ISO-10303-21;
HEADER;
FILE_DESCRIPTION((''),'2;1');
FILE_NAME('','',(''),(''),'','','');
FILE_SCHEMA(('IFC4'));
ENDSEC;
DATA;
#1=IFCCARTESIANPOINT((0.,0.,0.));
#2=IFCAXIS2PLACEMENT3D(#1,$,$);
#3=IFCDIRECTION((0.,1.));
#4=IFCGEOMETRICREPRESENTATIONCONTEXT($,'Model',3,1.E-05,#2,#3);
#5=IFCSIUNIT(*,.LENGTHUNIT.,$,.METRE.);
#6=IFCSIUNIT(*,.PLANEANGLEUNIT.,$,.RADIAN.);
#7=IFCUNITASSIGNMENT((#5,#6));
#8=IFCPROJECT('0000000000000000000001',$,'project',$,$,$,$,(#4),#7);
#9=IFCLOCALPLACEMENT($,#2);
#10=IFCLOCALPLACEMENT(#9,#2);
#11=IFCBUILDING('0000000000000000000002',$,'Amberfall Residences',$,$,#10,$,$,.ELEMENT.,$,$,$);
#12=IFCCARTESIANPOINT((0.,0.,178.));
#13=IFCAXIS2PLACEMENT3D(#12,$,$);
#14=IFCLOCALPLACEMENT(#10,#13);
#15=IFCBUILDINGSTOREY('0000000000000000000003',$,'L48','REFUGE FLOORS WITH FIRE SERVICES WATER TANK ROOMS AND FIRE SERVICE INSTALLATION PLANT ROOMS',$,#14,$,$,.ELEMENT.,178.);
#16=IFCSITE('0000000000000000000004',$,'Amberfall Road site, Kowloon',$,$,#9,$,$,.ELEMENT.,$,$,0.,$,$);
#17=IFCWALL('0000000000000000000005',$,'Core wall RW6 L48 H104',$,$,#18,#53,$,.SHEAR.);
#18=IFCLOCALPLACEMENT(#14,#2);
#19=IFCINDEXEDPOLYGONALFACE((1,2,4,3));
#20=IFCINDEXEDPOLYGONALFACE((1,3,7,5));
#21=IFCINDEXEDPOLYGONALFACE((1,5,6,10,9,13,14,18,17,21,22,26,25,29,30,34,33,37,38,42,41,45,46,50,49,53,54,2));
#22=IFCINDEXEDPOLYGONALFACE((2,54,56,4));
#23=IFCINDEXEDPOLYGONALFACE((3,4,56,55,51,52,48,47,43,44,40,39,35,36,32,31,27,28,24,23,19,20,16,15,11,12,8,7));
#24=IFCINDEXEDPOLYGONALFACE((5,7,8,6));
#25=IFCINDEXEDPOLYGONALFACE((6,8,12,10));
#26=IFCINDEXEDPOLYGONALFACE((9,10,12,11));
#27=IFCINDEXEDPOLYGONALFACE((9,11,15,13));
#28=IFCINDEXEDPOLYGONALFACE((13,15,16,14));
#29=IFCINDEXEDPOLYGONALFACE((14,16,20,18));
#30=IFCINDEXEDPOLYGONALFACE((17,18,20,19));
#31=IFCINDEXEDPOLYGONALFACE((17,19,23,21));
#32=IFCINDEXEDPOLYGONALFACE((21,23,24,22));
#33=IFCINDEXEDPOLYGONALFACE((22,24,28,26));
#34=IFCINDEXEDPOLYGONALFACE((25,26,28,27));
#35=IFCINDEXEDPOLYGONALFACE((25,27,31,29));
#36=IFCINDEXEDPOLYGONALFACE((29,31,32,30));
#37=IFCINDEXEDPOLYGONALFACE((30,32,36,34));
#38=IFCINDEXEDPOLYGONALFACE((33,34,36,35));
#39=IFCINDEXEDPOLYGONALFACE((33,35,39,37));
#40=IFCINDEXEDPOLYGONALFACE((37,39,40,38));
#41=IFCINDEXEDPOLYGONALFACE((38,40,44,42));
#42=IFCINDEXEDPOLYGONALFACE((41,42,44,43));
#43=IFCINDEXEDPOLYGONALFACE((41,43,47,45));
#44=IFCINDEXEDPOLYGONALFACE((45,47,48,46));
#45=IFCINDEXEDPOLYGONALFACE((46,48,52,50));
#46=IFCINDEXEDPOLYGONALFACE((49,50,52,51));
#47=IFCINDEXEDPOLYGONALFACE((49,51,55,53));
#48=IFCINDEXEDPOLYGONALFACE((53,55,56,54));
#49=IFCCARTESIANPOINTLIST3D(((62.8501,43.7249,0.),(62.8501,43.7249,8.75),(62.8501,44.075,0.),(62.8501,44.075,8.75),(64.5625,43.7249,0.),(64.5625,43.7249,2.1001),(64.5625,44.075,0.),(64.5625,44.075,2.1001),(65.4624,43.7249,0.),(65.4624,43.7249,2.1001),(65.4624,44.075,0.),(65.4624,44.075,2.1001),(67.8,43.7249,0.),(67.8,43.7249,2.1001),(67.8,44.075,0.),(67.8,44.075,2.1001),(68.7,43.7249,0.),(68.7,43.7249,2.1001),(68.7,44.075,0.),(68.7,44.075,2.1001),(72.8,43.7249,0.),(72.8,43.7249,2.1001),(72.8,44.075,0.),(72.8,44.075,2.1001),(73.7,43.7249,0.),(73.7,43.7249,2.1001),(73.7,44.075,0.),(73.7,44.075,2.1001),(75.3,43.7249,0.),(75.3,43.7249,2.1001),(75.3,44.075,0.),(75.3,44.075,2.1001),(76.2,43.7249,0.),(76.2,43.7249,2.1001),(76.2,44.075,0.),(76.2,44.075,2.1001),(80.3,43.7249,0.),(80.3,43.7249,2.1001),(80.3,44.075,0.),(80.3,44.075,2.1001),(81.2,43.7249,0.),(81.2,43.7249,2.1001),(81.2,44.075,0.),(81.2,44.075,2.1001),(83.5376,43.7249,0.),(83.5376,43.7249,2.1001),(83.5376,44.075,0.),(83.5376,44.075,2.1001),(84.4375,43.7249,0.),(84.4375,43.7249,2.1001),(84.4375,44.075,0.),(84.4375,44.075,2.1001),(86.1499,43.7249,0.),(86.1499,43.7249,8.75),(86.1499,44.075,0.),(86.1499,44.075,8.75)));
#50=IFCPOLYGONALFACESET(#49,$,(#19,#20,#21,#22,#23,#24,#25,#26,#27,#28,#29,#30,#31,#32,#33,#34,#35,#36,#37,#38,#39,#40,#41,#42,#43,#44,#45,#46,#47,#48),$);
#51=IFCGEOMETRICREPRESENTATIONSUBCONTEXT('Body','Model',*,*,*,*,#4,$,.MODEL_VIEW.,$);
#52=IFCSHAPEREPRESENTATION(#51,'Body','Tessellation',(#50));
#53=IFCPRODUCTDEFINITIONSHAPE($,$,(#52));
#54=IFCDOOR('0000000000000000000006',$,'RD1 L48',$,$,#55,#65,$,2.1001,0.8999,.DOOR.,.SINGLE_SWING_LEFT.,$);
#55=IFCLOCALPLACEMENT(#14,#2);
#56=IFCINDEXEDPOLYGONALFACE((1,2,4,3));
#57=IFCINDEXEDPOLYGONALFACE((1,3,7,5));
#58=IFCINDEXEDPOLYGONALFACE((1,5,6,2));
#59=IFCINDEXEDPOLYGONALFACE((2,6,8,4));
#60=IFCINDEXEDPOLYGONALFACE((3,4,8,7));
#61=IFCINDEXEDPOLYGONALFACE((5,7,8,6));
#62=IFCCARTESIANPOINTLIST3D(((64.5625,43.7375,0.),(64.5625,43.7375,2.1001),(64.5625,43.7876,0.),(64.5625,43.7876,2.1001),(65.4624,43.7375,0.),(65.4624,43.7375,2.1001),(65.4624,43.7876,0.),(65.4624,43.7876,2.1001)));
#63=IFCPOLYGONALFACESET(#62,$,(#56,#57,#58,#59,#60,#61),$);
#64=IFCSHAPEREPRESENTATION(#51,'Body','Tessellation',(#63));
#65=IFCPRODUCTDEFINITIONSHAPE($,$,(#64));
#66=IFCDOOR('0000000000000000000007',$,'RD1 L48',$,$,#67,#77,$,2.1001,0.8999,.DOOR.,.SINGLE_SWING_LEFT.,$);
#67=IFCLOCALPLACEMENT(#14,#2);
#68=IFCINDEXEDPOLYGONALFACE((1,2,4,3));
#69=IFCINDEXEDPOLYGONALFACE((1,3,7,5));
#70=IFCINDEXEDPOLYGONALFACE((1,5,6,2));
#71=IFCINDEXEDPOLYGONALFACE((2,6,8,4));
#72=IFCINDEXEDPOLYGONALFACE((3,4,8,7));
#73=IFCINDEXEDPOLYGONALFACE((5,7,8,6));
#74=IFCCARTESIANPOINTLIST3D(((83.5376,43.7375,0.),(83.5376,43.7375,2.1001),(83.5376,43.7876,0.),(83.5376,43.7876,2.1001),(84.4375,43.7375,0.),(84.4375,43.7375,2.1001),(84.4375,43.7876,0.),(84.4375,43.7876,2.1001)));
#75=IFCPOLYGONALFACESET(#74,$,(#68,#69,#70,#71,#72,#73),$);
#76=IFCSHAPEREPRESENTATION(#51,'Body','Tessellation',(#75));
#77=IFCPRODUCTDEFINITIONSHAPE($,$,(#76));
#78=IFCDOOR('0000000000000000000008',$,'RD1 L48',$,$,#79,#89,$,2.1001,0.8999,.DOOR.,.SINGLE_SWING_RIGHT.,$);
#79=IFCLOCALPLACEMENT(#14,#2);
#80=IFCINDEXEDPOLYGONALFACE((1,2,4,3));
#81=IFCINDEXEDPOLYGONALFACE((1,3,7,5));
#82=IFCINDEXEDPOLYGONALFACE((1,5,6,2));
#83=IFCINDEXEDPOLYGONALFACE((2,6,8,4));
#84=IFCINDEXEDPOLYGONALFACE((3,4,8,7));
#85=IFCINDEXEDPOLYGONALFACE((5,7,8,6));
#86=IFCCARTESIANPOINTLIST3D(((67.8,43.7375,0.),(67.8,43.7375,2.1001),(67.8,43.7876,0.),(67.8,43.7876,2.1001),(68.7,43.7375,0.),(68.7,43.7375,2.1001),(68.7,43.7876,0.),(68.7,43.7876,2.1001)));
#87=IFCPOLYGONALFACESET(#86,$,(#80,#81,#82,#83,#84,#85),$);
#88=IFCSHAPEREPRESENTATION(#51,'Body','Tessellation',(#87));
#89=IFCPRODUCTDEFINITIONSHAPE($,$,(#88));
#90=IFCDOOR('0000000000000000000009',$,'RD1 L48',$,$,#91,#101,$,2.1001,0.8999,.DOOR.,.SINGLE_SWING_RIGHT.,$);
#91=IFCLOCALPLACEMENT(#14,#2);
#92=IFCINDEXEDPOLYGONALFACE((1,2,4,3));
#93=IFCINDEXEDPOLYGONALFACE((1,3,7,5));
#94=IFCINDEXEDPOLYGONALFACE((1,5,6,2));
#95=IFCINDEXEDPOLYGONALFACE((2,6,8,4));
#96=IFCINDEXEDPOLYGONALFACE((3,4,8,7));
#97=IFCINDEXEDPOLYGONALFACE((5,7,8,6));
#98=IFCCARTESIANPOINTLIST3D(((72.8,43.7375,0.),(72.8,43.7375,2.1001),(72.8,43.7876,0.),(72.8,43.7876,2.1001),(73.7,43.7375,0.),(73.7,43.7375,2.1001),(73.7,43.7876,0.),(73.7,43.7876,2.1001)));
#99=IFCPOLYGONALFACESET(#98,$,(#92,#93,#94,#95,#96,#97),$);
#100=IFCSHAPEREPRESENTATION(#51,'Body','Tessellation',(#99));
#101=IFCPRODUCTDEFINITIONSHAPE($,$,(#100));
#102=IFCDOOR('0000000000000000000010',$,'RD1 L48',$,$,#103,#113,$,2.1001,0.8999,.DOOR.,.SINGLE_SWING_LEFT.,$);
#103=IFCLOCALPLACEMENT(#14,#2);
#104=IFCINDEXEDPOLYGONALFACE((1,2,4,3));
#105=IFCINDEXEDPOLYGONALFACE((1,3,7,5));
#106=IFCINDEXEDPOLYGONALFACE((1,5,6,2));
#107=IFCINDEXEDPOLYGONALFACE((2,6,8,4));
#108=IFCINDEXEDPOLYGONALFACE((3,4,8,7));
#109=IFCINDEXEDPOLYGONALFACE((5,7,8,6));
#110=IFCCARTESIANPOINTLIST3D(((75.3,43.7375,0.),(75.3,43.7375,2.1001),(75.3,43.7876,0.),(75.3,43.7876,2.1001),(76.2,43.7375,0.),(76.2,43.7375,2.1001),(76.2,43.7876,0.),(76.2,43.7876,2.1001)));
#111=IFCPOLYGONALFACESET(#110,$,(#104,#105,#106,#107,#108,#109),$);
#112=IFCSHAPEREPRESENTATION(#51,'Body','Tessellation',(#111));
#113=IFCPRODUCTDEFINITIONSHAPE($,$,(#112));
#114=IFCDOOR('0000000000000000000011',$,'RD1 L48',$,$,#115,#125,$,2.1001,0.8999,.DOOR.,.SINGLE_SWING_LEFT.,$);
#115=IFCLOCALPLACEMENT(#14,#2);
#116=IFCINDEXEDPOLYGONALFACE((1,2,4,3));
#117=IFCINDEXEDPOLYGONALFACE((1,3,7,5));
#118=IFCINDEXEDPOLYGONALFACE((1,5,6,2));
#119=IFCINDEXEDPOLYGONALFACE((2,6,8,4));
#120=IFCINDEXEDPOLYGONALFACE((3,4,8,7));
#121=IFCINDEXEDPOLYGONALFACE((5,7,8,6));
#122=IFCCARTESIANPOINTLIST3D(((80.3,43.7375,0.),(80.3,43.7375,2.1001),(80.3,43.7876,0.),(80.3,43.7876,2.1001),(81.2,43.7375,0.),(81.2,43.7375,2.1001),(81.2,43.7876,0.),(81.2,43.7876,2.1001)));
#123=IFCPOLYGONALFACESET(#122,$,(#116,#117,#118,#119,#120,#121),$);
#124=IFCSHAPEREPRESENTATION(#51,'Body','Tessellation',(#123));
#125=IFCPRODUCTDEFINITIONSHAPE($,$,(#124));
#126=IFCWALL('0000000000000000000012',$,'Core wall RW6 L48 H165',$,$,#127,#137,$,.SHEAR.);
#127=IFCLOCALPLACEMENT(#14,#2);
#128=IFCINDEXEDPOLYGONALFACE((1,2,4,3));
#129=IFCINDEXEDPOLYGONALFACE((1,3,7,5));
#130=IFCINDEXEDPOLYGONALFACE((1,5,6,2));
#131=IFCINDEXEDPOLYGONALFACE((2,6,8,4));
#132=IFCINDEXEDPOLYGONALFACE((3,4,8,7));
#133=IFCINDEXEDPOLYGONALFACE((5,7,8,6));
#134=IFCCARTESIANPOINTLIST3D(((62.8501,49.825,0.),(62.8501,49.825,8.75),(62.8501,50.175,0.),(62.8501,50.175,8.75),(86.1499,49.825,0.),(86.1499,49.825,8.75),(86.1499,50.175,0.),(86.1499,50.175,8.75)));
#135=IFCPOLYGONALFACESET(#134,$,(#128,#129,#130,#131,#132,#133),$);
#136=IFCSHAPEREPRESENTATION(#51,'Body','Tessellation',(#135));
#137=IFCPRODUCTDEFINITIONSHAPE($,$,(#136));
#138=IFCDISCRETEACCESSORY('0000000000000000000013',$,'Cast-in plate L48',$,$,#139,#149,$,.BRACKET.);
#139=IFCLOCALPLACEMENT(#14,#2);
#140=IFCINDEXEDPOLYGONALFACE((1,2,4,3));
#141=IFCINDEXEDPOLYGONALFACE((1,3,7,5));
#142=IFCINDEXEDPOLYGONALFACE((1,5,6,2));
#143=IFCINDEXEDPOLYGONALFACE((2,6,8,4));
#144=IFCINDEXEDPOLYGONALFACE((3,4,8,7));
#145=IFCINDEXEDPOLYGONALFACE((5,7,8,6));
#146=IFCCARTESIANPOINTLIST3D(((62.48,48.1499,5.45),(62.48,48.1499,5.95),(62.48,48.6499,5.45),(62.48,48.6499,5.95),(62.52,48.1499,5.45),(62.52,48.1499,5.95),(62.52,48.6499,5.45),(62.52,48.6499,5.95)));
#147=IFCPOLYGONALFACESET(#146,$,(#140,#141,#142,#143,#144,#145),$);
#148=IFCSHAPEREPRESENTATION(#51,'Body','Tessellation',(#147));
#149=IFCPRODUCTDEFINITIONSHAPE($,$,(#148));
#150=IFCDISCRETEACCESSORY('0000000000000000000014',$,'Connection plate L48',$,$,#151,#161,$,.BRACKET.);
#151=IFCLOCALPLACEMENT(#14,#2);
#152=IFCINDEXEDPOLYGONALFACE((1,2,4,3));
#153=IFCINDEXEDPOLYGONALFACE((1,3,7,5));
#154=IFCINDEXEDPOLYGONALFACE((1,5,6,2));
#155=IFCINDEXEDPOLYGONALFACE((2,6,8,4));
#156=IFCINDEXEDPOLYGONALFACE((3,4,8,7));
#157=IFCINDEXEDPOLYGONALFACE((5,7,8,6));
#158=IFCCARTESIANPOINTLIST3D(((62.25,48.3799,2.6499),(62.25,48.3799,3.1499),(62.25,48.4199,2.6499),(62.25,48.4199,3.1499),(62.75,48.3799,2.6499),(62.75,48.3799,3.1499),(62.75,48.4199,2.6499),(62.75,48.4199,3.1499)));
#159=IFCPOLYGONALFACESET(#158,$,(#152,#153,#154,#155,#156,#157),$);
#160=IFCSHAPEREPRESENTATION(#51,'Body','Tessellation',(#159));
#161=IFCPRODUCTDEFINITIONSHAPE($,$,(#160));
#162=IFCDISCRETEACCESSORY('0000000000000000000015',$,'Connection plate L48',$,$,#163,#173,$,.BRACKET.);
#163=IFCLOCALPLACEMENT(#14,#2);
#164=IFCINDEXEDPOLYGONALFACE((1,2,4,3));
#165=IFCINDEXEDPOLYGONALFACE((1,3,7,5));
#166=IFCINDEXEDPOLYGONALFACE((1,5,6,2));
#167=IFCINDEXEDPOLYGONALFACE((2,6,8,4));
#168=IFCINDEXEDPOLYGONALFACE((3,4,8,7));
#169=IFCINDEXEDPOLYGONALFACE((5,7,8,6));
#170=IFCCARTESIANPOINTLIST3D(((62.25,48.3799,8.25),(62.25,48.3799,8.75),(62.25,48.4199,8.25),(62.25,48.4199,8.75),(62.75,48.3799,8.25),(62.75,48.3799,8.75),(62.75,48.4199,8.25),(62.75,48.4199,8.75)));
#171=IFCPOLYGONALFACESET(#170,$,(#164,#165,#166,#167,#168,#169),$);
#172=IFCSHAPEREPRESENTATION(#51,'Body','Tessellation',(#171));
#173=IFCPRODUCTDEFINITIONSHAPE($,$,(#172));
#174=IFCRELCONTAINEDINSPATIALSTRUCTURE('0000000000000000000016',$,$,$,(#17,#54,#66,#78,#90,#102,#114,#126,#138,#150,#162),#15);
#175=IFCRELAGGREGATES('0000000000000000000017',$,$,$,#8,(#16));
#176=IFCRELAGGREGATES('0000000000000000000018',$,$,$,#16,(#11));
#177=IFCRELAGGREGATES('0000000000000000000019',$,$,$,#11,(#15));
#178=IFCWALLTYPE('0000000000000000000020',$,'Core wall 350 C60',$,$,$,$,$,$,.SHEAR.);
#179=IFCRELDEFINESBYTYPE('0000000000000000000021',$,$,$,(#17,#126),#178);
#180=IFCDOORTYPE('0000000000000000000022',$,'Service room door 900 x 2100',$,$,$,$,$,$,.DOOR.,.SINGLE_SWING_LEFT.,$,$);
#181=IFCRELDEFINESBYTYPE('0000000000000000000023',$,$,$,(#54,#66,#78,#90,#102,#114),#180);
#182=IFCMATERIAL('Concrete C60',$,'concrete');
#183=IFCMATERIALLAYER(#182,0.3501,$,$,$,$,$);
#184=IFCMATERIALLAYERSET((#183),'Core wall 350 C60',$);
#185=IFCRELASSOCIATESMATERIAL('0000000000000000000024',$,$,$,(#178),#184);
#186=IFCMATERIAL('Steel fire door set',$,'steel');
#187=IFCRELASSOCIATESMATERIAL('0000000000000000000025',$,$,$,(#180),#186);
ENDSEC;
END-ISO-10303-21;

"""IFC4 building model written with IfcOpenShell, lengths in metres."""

from ifc_helpers import new_model, si_unit, direction, frame, frame_2d, origin, origin_2d, place, context, subcontext, project, spatial, rectangle, extrude, material, layer, layer_set, type_object, element, fill, save


model = new_model("IFC4")

# Units and contexts
model_context = context("Model", 3, precision=1e-05, world=origin(), true_north=direction((0.0, 1.0)))
body_context = subcontext(model_context, "Body", "Model", "MODEL_VIEW")
ifc_project = project(units=[si_unit("LENGTHUNIT", "METRE"), si_unit("PLANEANGLEUNIT", "RADIAN")], contexts=[model_context])

# Site, building, storey
site_placement = place(None, origin())
site = spatial("IfcSite", under=ifc_project, at=site_placement, Name="Amberfall Road site, Kowloon", CompositionType="ELEMENT", RefElevation=0.0)
building_placement = place(site_placement, origin())
building = spatial("IfcBuilding", under=site, at=building_placement, Name="Amberfall Residences", CompositionType="ELEMENT")
storey_placement = place(building_placement, frame((0.0, 0.0, 178.0)))
storey = spatial("IfcBuildingStorey", under=building, at=storey_placement, Name="L48", Description="REFUGE FLOORS WITH FIRE SERVICES WATER TANK ROOMS AND FIRE SERVICE INSTALLATION PLANT ROOMS", CompositionType="ELEMENT", Elevation=178.0)

# Wall, openings, doors
ifc_material_1 = material(Name="Concrete C60", Category="concrete")
ifc_layer = layer(ifc_material_1, 0.3501)
ifc_layer_set = layer_set([ifc_layer], Name="Core wall 350 C60")
wall_type = type_object("IfcWallType", Name="Core wall 350 C60", PredefinedType="SHEAR", material=ifc_layer_set)
wall_1_placement = place(storey_placement, frame((62.8501, 43.8999, 0.0), z_axis=(0.0, 0.0, 1.0), x_axis=(1.0, 0.0, 0.0)))
wall_1 = element("IfcWall", 1, at=wall_1_placement, inside=storey, type_object=wall_type, Name="Core wall RW6 L48 H104", PredefinedType="SHEAR", context=body_context, shape_type="SweptSolid", body=[
    extrude(rectangle(XDim=23.2998, YDim=0.3501, at=frame_2d((11.6499, 0.0))), origin(), (0.0, 0.0, 1.0), 8.75),
])
opening_1_placement = place(wall_1_placement, frame((1.7124, 0.0, 0.0)))
opening_1 = element("IfcOpeningElement", 2, at=opening_1_placement, cuts=wall_1, PredefinedType="OPENING", context=body_context, shape_type="SweptSolid", body=[
    extrude(rectangle(XDim=0.8999, YDim=2.1001, at=frame_2d((0.45, 1.05))), frame((0.0, 0.1851, 0.0), z_axis=(0.0, -1.0, 0.0), x_axis=(1.0, 0.0, 0.0)), (0.0, 0.0, 1.0), 0.3701),
])
opening_2_placement = place(wall_1_placement, frame((20.6875, 0.0, 0.0)))
opening_2 = element("IfcOpeningElement", 3, at=opening_2_placement, cuts=wall_1, PredefinedType="OPENING", context=body_context, shape_type="SweptSolid", body=[
    extrude(rectangle(XDim=0.8999, YDim=2.1001, at=frame_2d((0.45, 1.05))), frame((0.0, 0.1851, 0.0), z_axis=(0.0, -1.0, 0.0), x_axis=(1.0, 0.0, 0.0)), (0.0, 0.0, 1.0), 0.3701),
])
opening_3_placement = place(wall_1_placement, frame((4.95, 0.0, 0.0)))
opening_3 = element("IfcOpeningElement", 4, at=opening_3_placement, cuts=wall_1, PredefinedType="OPENING", context=body_context, shape_type="SweptSolid", body=[
    extrude(rectangle(XDim=0.8999, YDim=2.1001, at=frame_2d((0.45, 1.05))), frame((0.0, 0.1851, 0.0), z_axis=(0.0, -1.0, 0.0), x_axis=(1.0, 0.0, 0.0)), (0.0, 0.0, 1.0), 0.3701),
])
opening_4_placement = place(wall_1_placement, frame((9.95, 0.0, 0.0)))
opening_4 = element("IfcOpeningElement", 5, at=opening_4_placement, cuts=wall_1, PredefinedType="OPENING", context=body_context, shape_type="SweptSolid", body=[
    extrude(rectangle(XDim=0.8999, YDim=2.1001, at=frame_2d((0.45, 1.05))), frame((0.0, 0.1851, 0.0), z_axis=(0.0, -1.0, 0.0), x_axis=(1.0, 0.0, 0.0)), (0.0, 0.0, 1.0), 0.3701),
])
opening_5_placement = place(wall_1_placement, frame((12.45, 0.0, 0.0)))
opening_5 = element("IfcOpeningElement", 6, at=opening_5_placement, cuts=wall_1, PredefinedType="OPENING", context=body_context, shape_type="SweptSolid", body=[
    extrude(rectangle(XDim=0.8999, YDim=2.1001, at=frame_2d((0.45, 1.05))), frame((0.0, 0.1851, 0.0), z_axis=(0.0, -1.0, 0.0), x_axis=(1.0, 0.0, 0.0)), (0.0, 0.0, 1.0), 0.3701),
])
opening_6_placement = place(wall_1_placement, frame((17.45, 0.0, 0.0)))
opening_6 = element("IfcOpeningElement", 7, at=opening_6_placement, cuts=wall_1, PredefinedType="OPENING", context=body_context, shape_type="SweptSolid", body=[
    extrude(rectangle(XDim=0.8999, YDim=2.1001, at=frame_2d((0.45, 1.05))), frame((0.0, 0.1851, 0.0), z_axis=(0.0, -1.0, 0.0), x_axis=(1.0, 0.0, 0.0)), (0.0, 0.0, 1.0), 0.3701),
])
ifc_material_2 = material(Name="Steel fire door set", Category="steel")
door_type_1 = type_object("IfcDoorType", Name="Service room door 900 x 2100", OperationType="SINGLE_SWING_LEFT", PredefinedType="DOOR", material=ifc_material_2)
door_1_placement = place(opening_1_placement, origin())
door_1 = element("IfcDoor", 8, at=door_1_placement, inside=storey, type_object=door_type_1, Name="RD1 L48", OperationType="SINGLE_SWING_LEFT", OverallHeight=2.1001, OverallWidth=0.8999, PredefinedType="DOOR", context=body_context, shape_type="SweptSolid", body=[
    extrude(rectangle(XDim=0.8999, YDim=2.1001, at=frame_2d((0.45, 1.05))), frame((0.0, -0.1123, 0.0), z_axis=(0.0, -1.0, 0.0), x_axis=(1.0, 0.0, 0.0)), (0.0, 0.0, 1.0), 0.05),
])
fill(opening_1, door_1)
door_2_placement = place(opening_2_placement, origin())
door_2 = element("IfcDoor", 9, at=door_2_placement, inside=storey, type_object=door_type_1, Name="RD1 L48", OperationType="SINGLE_SWING_LEFT", OverallHeight=2.1001, OverallWidth=0.8999, PredefinedType="DOOR", context=body_context, shape_type="SweptSolid", body=[
    extrude(rectangle(XDim=0.8999, YDim=2.1001, at=frame_2d((0.45, 1.05))), frame((0.0, -0.1123, 0.0), z_axis=(0.0, -1.0, 0.0), x_axis=(1.0, 0.0, 0.0)), (0.0, 0.0, 1.0), 0.05),
])
fill(opening_2, door_2)
door_3_placement = place(opening_3_placement, origin())
door_3 = element("IfcDoor", 10, at=door_3_placement, inside=storey, type_object=door_type_1, Name="RD1 L48", OperationType="SINGLE_SWING_RIGHT", OverallHeight=2.1001, OverallWidth=0.8999, PredefinedType="DOOR", context=body_context, shape_type="SweptSolid", body=[
    extrude(rectangle(XDim=0.8999, YDim=2.1001, at=frame_2d((0.45, 1.05))), frame((0.0, -0.1123, 0.0), z_axis=(0.0, -1.0, 0.0), x_axis=(1.0, 0.0, 0.0)), (0.0, 0.0, 1.0), 0.05),
])
fill(opening_3, door_3)
door_4_placement = place(opening_4_placement, origin())
door_4 = element("IfcDoor", 11, at=door_4_placement, inside=storey, type_object=door_type_1, Name="RD1 L48", OperationType="SINGLE_SWING_RIGHT", OverallHeight=2.1001, OverallWidth=0.8999, PredefinedType="DOOR", context=body_context, shape_type="SweptSolid", body=[
    extrude(rectangle(XDim=0.8999, YDim=2.1001, at=frame_2d((0.45, 1.05))), frame((0.0, -0.1123, 0.0), z_axis=(0.0, -1.0, 0.0), x_axis=(1.0, 0.0, 0.0)), (0.0, 0.0, 1.0), 0.05),
])
fill(opening_4, door_4)
door_5_placement = place(opening_5_placement, origin())
door_5 = element("IfcDoor", 12, at=door_5_placement, inside=storey, type_object=door_type_1, Name="RD1 L48", OperationType="SINGLE_SWING_LEFT", OverallHeight=2.1001, OverallWidth=0.8999, PredefinedType="DOOR", context=body_context, shape_type="SweptSolid", body=[
    extrude(rectangle(XDim=0.8999, YDim=2.1001, at=frame_2d((0.45, 1.05))), frame((0.0, -0.1123, 0.0), z_axis=(0.0, -1.0, 0.0), x_axis=(1.0, 0.0, 0.0)), (0.0, 0.0, 1.0), 0.05),
])
fill(opening_5, door_5)
door_6_placement = place(opening_6_placement, origin())
door_6 = element("IfcDoor", 13, at=door_6_placement, inside=storey, type_object=door_type_1, Name="RD1 L48", OperationType="SINGLE_SWING_LEFT", OverallHeight=2.1001, OverallWidth=0.8999, PredefinedType="DOOR", context=body_context, shape_type="SweptSolid", body=[
    extrude(rectangle(XDim=0.8999, YDim=2.1001, at=frame_2d((0.45, 1.05))), frame((0.0, -0.1123, 0.0), z_axis=(0.0, -1.0, 0.0), x_axis=(1.0, 0.0, 0.0)), (0.0, 0.0, 1.0), 0.05),
])
fill(opening_6, door_6)

# Wall
wall_2_placement = place(storey_placement, frame((62.8501, 50.0, 0.0), z_axis=(0.0, 0.0, 1.0), x_axis=(1.0, 0.0, 0.0)))
element("IfcWall", 14, at=wall_2_placement, inside=storey, type_object=wall_type, Name="Core wall RW6 L48 H165", PredefinedType="SHEAR", context=body_context, shape_type="SweptSolid", body=[
    extrude(rectangle(XDim=23.2998, YDim=0.3501, at=frame_2d((11.6499, 0.0))), origin(), (0.0, 0.0, 1.0), 8.75),
])

# Discrete accessories
discrete_accessory_placement = place(storey_placement, frame((62.5, 48.3999, 5.45), z_axis=(0.0, 0.0, 1.0), x_axis=(1.0, 0.0, 0.0)))
element("IfcDiscreteAccessory", 15, at=discrete_accessory_placement, inside=storey, Name="Cast-in plate L48", PredefinedType="BRACKET", context=body_context, shape_type="SweptSolid", body=[
    extrude(rectangle(XDim=0.04, YDim=0.5, at=origin_2d()), origin(), (0.0, 0.0, 1.0), 0.5),
])
for number, where, z_axis, x_axis, name in (
    (16, (62.5, 48.3999, 2.6499), (0.0, 0.0, 1.0), (1.0, 0.0, 0.0), "Connection plate L48"),
    (17, (62.5, 48.3999, 8.25), (0.0, 0.0, 1.0), (1.0, 0.0, 0.0), "Connection plate L48"),
):
    element("IfcDiscreteAccessory", number, at=place(storey_placement, frame(where, z_axis=z_axis, x_axis=x_axis)), inside=storey, Name=name, PredefinedType="BRACKET", context=body_context, shape_type="SweptSolid", body=[
        extrude(rectangle(XDim=0.5, YDim=0.04, at=origin_2d()), origin(), (0.0, 0.0, 1.0), 0.5),
    ])

save(model, "model.ifc")
